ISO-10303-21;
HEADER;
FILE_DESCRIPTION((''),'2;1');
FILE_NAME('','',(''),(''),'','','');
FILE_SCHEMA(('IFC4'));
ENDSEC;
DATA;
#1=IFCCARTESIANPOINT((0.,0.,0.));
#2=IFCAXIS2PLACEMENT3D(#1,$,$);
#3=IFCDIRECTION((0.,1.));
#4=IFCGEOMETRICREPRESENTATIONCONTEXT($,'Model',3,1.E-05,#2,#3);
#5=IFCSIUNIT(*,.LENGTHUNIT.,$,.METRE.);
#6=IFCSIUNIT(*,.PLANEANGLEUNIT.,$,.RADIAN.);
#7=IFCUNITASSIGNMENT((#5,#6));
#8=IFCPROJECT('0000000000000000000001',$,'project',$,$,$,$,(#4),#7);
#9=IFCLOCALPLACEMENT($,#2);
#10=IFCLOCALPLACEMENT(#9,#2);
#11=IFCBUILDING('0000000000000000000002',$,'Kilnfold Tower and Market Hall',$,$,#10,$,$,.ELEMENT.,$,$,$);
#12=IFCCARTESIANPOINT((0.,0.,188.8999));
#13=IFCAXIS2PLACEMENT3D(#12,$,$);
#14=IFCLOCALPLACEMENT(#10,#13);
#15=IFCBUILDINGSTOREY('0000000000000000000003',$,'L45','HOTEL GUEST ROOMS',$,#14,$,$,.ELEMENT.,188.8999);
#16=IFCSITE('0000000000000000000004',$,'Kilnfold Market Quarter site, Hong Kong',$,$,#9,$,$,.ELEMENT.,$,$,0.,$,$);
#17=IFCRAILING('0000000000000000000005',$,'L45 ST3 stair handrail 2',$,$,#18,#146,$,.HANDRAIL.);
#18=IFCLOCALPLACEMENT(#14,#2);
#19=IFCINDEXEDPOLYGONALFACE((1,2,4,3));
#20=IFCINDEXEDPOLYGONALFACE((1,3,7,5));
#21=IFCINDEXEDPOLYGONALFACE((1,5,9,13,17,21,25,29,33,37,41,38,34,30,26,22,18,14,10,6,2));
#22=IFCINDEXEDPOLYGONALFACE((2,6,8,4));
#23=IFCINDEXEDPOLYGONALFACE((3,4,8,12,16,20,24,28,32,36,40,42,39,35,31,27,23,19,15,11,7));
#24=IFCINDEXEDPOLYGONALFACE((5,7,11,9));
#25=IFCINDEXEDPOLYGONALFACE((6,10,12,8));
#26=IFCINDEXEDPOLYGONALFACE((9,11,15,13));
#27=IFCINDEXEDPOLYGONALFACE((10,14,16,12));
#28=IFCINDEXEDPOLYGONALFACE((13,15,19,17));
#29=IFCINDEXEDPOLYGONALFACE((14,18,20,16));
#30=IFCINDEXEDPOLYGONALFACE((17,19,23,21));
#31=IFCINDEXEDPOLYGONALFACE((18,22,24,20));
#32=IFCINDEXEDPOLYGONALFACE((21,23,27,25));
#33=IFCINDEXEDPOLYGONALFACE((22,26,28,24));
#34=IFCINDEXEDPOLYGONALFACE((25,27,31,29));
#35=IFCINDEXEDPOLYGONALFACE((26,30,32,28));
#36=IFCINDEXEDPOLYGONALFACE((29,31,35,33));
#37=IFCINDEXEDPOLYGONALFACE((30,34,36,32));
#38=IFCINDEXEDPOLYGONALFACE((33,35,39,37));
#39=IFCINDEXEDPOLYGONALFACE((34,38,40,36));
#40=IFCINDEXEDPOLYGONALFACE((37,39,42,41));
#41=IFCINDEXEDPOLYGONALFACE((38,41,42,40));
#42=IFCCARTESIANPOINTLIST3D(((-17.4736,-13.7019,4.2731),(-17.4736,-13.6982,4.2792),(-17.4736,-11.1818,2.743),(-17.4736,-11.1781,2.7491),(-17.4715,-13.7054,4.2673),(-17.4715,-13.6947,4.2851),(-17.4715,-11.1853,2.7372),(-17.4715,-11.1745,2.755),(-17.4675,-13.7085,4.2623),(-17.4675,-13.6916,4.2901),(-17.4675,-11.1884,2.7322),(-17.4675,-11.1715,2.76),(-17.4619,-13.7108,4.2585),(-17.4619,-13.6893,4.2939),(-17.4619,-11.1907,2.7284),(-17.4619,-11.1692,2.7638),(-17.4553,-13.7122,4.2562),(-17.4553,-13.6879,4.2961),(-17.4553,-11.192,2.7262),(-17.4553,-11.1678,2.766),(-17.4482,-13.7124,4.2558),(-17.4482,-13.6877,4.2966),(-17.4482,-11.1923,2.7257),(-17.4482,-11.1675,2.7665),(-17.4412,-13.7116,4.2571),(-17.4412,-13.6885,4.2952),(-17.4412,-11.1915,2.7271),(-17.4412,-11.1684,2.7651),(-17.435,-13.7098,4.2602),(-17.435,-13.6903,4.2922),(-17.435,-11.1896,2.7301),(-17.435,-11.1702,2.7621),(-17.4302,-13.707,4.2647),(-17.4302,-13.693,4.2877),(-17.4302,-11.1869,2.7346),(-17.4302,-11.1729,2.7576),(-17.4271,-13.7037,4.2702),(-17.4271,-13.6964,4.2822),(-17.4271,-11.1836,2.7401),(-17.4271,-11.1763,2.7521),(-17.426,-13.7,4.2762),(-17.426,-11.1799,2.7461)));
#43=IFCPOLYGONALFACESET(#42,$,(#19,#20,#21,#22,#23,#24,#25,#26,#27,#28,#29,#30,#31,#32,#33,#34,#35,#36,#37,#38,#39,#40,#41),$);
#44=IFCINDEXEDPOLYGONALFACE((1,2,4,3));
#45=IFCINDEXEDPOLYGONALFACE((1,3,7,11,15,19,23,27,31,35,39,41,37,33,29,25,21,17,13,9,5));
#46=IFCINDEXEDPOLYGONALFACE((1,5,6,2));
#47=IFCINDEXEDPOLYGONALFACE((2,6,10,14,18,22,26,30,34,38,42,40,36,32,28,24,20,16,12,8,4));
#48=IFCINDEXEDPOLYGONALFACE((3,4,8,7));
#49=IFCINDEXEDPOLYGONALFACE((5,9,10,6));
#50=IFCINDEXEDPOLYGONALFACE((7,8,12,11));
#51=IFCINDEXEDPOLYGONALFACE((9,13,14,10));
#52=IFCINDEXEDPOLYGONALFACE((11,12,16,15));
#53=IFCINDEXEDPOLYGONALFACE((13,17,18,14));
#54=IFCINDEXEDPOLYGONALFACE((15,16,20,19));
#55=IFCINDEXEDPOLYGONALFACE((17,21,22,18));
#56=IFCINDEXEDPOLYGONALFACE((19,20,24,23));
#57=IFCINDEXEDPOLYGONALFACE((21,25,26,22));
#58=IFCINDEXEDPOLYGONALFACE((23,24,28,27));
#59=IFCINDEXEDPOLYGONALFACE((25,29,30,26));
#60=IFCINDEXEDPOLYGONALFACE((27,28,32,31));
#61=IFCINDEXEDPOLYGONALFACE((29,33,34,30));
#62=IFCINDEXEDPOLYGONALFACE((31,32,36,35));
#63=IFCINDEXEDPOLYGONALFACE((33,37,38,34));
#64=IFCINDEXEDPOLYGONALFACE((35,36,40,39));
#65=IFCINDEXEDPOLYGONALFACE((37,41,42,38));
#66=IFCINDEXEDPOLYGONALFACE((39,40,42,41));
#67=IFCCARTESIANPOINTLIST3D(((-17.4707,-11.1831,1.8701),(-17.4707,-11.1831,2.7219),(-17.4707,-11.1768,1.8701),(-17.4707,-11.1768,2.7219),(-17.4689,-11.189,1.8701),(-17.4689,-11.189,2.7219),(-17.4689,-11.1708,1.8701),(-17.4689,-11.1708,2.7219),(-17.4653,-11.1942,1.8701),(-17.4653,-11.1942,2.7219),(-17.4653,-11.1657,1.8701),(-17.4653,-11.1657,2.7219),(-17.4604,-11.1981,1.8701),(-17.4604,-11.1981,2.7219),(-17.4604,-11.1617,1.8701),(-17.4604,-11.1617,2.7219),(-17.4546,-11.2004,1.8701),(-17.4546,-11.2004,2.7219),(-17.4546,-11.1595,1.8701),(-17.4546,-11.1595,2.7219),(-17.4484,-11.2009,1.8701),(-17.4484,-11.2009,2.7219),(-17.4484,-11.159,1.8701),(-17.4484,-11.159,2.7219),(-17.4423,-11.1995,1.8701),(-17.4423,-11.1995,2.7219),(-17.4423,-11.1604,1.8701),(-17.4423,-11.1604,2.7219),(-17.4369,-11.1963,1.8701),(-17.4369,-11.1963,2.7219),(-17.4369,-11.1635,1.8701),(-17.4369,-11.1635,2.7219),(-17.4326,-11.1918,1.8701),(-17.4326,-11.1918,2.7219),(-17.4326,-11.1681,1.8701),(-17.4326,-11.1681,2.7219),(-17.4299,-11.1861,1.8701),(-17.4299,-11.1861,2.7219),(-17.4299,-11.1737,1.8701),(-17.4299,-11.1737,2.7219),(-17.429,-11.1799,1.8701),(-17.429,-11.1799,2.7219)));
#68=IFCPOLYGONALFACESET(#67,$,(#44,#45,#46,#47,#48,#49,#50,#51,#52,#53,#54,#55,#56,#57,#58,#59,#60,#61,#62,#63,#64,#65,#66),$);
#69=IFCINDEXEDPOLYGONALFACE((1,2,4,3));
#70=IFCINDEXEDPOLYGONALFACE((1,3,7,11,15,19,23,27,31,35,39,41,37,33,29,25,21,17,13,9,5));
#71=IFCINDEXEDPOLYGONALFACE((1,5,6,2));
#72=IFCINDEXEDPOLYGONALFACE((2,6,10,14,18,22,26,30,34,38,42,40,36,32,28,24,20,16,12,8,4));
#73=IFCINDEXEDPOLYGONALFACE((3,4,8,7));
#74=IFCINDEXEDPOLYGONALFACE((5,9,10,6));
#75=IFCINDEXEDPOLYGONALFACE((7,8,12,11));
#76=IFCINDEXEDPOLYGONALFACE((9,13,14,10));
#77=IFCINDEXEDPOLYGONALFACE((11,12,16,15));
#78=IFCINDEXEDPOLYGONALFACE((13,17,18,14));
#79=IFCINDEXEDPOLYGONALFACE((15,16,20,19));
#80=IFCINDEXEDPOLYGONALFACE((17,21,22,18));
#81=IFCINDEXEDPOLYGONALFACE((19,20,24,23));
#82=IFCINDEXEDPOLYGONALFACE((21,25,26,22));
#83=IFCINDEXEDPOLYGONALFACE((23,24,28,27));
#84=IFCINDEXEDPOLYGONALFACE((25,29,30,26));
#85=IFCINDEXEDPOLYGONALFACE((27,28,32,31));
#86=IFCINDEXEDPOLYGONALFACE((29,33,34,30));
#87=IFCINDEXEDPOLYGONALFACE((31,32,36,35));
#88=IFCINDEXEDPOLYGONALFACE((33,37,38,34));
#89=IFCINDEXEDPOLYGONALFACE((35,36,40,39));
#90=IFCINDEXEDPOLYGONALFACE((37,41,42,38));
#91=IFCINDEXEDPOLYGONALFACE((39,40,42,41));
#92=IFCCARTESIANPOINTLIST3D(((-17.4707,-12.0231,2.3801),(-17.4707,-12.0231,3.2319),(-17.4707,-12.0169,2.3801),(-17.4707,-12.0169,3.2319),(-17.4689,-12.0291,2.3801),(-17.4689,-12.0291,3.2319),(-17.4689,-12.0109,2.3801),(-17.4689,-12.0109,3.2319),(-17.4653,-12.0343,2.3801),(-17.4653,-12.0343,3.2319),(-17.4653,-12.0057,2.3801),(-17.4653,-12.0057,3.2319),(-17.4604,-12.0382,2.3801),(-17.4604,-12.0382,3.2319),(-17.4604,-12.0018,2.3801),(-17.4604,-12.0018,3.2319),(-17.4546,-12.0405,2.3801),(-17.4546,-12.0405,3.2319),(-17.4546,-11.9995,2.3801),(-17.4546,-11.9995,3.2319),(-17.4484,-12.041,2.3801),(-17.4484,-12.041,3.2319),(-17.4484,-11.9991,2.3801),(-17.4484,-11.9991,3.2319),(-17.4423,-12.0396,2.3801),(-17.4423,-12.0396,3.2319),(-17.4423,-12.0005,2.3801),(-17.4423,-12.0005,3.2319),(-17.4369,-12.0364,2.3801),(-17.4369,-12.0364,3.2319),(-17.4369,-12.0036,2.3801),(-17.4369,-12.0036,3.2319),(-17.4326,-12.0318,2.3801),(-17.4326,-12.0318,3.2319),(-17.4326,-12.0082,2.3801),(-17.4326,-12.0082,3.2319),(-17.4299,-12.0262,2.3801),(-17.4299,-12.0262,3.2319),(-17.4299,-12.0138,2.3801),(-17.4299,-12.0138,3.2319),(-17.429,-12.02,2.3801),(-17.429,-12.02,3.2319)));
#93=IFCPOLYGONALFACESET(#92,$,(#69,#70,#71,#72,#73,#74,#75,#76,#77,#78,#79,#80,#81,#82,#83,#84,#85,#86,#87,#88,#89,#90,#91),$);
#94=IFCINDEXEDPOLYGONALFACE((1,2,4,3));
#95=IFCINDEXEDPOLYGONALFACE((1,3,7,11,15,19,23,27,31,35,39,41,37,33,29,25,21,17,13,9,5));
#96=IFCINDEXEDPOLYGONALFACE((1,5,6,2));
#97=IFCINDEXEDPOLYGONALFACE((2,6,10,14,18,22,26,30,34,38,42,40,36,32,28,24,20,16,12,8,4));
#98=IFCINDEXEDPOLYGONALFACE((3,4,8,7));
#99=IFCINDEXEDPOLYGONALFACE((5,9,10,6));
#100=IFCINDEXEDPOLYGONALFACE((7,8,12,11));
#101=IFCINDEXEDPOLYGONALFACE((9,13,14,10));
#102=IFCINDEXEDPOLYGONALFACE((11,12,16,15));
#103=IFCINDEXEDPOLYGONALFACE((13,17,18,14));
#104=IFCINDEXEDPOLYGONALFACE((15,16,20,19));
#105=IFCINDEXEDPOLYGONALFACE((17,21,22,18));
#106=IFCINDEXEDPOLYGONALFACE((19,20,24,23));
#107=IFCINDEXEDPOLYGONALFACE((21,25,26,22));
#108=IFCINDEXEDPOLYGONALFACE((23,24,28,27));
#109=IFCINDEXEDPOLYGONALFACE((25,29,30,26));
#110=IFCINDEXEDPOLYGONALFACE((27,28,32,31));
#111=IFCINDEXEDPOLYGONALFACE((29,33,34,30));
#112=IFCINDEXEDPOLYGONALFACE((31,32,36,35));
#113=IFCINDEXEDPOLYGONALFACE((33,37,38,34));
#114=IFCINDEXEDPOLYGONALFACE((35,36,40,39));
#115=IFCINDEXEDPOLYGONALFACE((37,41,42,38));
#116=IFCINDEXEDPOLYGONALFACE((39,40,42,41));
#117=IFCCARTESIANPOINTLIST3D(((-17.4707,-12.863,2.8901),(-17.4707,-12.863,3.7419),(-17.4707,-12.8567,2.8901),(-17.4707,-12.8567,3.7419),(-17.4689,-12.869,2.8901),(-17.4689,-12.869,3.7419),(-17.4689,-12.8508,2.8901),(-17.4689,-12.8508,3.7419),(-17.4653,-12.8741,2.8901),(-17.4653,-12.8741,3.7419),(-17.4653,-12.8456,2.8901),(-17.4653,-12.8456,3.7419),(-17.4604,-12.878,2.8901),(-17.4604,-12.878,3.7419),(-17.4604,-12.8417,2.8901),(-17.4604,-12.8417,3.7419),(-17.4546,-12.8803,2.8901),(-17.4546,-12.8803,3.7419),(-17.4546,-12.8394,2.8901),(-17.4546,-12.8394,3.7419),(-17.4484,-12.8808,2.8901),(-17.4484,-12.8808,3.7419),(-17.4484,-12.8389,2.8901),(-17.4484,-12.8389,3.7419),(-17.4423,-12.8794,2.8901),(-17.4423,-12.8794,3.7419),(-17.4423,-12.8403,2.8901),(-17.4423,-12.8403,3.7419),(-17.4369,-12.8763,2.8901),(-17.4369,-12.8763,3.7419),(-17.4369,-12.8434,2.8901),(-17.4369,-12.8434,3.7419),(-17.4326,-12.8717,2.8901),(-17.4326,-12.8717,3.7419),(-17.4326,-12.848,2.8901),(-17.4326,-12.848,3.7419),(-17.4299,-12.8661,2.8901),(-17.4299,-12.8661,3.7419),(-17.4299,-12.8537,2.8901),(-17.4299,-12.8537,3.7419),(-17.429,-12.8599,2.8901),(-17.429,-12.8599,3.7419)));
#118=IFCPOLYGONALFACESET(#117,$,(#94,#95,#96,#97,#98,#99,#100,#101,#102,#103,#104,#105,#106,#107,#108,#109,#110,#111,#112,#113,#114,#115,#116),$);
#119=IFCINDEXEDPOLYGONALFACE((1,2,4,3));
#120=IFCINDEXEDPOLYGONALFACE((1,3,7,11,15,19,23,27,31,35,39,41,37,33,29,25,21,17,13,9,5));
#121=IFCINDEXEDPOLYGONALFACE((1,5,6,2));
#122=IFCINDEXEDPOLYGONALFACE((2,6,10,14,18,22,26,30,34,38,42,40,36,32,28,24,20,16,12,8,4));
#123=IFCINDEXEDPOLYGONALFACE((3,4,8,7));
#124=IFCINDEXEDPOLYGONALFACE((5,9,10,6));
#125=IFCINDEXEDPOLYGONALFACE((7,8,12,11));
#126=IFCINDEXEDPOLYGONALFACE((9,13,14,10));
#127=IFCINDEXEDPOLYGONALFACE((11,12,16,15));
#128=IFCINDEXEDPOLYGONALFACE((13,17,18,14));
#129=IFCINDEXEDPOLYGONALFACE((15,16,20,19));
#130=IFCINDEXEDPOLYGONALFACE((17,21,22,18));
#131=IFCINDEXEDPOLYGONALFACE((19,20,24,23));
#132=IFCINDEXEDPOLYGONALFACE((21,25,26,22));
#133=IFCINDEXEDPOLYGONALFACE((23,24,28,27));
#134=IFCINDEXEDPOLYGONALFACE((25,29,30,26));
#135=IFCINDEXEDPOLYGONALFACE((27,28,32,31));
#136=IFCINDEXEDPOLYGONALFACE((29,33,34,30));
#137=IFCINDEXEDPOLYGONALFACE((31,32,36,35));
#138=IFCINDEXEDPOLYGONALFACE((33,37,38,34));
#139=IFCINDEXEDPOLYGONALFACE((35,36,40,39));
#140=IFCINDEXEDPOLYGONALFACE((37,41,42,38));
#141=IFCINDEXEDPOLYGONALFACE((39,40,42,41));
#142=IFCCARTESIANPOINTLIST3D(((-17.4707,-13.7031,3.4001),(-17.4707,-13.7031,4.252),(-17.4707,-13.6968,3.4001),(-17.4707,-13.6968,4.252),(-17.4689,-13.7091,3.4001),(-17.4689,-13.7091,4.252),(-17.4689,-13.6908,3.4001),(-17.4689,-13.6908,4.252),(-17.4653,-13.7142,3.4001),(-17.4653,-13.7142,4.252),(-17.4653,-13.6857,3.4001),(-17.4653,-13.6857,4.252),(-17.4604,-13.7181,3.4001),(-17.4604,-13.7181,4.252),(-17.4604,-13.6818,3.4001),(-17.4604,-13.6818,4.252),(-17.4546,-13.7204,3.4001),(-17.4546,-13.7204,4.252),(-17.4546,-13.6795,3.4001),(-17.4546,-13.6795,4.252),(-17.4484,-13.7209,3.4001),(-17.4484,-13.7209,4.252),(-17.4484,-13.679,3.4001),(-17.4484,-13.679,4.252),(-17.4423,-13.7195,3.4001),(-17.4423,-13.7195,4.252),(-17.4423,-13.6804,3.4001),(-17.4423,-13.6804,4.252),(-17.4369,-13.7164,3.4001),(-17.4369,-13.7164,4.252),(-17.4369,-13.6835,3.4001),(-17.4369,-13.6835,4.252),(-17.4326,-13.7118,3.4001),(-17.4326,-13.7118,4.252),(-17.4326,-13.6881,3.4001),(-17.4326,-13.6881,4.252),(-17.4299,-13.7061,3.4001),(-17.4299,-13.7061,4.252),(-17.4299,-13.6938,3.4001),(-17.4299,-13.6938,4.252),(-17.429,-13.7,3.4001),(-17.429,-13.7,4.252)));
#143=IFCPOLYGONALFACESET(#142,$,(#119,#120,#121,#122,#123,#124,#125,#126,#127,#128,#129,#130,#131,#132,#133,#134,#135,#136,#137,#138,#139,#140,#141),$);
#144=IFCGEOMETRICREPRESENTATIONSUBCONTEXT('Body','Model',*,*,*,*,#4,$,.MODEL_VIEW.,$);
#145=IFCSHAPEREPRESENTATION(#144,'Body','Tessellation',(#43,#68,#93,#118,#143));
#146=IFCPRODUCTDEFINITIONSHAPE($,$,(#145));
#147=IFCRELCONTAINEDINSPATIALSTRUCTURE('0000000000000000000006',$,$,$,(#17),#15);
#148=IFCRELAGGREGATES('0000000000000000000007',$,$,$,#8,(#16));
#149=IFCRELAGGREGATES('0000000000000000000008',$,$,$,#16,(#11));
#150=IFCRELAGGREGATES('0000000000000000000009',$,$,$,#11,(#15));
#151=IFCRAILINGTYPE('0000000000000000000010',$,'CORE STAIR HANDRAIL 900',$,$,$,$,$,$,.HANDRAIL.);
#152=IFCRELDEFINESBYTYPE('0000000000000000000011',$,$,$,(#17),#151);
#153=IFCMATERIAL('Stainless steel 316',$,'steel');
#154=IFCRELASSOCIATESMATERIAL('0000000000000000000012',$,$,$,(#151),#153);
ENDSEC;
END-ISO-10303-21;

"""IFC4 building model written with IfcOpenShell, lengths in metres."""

from ifc_helpers import new_model, si_unit, direction, frame, origin, origin_2d, place, context, subcontext, project, spatial, circle, extrude, material, type_object, element, save


model = new_model("IFC4")

# Units and contexts
model_context = context("Model", 3, precision=1e-05, world=origin(), true_north=direction((0.0, 1.0)))
body_context = subcontext(model_context, "Body", "Model", "MODEL_VIEW")
ifc_project = project(units=[si_unit("LENGTHUNIT", "METRE"), si_unit("PLANEANGLEUNIT", "RADIAN")], contexts=[model_context])

# Site, building, storey
site_placement = place(None, origin())
site = spatial("IfcSite", under=ifc_project, at=site_placement, Name="Kilnfold Market Quarter site, Hong Kong", CompositionType="ELEMENT", RefElevation=0.0)
building_placement = place(site_placement, origin())
building = spatial("IfcBuilding", under=site, at=building_placement, Name="Kilnfold Tower and Market Hall", CompositionType="ELEMENT")
storey_placement = place(building_placement, frame((0.0, 0.0, 188.8999)))
storey = spatial("IfcBuildingStorey", under=building, at=storey_placement, Name="L45", Description="HOTEL GUEST ROOMS", CompositionType="ELEMENT", Elevation=188.8999)

# Railing
ifc_material_1 = material(Name="Stainless steel 316", Category="steel")
railing_type_1 = type_object("IfcRailingType", Name="CORE STAIR HANDRAIL 900", PredefinedType="HANDRAIL", material=ifc_material_1)
railing_1_placement = place(storey_placement, frame((-17.45, -11.1799, 1.8701)))
element("IfcRailing", 1, at=railing_1_placement, inside=storey, type_object=railing_type_1, Name="L45 ST3 stair handrail 2", PredefinedType="HANDRAIL", context=body_context, shape_type="SweptSolid", body=[
    extrude(circle(Radius=0.0239, at=origin_2d()), frame((0.0, 0.0, 0.876), z_axis=(0.0, -0.854785, 0.518982), x_axis=(1.0, 0.0, 0.0)), (0.0, 0.0, 1.0), 2.9482),
    extrude(circle(Radius=0.021, at=origin_2d()), origin(), (0.0, 0.0, 1.0), 0.8518),
    extrude(circle(Radius=0.021, at=origin_2d()), frame((0.0, -0.8401, 0.51)), (0.0, 0.0, 1.0), 0.8518),
    extrude(circle(Radius=0.021, at=origin_2d()), frame((0.0, -1.6799, 1.02)), (0.0, 0.0, 1.0), 0.8518),
    extrude(circle(Radius=0.021, at=origin_2d()), frame((0.0, -2.52, 1.53)), (0.0, 0.0, 1.0), 0.8518),
])

save(model, "model.ifc")
